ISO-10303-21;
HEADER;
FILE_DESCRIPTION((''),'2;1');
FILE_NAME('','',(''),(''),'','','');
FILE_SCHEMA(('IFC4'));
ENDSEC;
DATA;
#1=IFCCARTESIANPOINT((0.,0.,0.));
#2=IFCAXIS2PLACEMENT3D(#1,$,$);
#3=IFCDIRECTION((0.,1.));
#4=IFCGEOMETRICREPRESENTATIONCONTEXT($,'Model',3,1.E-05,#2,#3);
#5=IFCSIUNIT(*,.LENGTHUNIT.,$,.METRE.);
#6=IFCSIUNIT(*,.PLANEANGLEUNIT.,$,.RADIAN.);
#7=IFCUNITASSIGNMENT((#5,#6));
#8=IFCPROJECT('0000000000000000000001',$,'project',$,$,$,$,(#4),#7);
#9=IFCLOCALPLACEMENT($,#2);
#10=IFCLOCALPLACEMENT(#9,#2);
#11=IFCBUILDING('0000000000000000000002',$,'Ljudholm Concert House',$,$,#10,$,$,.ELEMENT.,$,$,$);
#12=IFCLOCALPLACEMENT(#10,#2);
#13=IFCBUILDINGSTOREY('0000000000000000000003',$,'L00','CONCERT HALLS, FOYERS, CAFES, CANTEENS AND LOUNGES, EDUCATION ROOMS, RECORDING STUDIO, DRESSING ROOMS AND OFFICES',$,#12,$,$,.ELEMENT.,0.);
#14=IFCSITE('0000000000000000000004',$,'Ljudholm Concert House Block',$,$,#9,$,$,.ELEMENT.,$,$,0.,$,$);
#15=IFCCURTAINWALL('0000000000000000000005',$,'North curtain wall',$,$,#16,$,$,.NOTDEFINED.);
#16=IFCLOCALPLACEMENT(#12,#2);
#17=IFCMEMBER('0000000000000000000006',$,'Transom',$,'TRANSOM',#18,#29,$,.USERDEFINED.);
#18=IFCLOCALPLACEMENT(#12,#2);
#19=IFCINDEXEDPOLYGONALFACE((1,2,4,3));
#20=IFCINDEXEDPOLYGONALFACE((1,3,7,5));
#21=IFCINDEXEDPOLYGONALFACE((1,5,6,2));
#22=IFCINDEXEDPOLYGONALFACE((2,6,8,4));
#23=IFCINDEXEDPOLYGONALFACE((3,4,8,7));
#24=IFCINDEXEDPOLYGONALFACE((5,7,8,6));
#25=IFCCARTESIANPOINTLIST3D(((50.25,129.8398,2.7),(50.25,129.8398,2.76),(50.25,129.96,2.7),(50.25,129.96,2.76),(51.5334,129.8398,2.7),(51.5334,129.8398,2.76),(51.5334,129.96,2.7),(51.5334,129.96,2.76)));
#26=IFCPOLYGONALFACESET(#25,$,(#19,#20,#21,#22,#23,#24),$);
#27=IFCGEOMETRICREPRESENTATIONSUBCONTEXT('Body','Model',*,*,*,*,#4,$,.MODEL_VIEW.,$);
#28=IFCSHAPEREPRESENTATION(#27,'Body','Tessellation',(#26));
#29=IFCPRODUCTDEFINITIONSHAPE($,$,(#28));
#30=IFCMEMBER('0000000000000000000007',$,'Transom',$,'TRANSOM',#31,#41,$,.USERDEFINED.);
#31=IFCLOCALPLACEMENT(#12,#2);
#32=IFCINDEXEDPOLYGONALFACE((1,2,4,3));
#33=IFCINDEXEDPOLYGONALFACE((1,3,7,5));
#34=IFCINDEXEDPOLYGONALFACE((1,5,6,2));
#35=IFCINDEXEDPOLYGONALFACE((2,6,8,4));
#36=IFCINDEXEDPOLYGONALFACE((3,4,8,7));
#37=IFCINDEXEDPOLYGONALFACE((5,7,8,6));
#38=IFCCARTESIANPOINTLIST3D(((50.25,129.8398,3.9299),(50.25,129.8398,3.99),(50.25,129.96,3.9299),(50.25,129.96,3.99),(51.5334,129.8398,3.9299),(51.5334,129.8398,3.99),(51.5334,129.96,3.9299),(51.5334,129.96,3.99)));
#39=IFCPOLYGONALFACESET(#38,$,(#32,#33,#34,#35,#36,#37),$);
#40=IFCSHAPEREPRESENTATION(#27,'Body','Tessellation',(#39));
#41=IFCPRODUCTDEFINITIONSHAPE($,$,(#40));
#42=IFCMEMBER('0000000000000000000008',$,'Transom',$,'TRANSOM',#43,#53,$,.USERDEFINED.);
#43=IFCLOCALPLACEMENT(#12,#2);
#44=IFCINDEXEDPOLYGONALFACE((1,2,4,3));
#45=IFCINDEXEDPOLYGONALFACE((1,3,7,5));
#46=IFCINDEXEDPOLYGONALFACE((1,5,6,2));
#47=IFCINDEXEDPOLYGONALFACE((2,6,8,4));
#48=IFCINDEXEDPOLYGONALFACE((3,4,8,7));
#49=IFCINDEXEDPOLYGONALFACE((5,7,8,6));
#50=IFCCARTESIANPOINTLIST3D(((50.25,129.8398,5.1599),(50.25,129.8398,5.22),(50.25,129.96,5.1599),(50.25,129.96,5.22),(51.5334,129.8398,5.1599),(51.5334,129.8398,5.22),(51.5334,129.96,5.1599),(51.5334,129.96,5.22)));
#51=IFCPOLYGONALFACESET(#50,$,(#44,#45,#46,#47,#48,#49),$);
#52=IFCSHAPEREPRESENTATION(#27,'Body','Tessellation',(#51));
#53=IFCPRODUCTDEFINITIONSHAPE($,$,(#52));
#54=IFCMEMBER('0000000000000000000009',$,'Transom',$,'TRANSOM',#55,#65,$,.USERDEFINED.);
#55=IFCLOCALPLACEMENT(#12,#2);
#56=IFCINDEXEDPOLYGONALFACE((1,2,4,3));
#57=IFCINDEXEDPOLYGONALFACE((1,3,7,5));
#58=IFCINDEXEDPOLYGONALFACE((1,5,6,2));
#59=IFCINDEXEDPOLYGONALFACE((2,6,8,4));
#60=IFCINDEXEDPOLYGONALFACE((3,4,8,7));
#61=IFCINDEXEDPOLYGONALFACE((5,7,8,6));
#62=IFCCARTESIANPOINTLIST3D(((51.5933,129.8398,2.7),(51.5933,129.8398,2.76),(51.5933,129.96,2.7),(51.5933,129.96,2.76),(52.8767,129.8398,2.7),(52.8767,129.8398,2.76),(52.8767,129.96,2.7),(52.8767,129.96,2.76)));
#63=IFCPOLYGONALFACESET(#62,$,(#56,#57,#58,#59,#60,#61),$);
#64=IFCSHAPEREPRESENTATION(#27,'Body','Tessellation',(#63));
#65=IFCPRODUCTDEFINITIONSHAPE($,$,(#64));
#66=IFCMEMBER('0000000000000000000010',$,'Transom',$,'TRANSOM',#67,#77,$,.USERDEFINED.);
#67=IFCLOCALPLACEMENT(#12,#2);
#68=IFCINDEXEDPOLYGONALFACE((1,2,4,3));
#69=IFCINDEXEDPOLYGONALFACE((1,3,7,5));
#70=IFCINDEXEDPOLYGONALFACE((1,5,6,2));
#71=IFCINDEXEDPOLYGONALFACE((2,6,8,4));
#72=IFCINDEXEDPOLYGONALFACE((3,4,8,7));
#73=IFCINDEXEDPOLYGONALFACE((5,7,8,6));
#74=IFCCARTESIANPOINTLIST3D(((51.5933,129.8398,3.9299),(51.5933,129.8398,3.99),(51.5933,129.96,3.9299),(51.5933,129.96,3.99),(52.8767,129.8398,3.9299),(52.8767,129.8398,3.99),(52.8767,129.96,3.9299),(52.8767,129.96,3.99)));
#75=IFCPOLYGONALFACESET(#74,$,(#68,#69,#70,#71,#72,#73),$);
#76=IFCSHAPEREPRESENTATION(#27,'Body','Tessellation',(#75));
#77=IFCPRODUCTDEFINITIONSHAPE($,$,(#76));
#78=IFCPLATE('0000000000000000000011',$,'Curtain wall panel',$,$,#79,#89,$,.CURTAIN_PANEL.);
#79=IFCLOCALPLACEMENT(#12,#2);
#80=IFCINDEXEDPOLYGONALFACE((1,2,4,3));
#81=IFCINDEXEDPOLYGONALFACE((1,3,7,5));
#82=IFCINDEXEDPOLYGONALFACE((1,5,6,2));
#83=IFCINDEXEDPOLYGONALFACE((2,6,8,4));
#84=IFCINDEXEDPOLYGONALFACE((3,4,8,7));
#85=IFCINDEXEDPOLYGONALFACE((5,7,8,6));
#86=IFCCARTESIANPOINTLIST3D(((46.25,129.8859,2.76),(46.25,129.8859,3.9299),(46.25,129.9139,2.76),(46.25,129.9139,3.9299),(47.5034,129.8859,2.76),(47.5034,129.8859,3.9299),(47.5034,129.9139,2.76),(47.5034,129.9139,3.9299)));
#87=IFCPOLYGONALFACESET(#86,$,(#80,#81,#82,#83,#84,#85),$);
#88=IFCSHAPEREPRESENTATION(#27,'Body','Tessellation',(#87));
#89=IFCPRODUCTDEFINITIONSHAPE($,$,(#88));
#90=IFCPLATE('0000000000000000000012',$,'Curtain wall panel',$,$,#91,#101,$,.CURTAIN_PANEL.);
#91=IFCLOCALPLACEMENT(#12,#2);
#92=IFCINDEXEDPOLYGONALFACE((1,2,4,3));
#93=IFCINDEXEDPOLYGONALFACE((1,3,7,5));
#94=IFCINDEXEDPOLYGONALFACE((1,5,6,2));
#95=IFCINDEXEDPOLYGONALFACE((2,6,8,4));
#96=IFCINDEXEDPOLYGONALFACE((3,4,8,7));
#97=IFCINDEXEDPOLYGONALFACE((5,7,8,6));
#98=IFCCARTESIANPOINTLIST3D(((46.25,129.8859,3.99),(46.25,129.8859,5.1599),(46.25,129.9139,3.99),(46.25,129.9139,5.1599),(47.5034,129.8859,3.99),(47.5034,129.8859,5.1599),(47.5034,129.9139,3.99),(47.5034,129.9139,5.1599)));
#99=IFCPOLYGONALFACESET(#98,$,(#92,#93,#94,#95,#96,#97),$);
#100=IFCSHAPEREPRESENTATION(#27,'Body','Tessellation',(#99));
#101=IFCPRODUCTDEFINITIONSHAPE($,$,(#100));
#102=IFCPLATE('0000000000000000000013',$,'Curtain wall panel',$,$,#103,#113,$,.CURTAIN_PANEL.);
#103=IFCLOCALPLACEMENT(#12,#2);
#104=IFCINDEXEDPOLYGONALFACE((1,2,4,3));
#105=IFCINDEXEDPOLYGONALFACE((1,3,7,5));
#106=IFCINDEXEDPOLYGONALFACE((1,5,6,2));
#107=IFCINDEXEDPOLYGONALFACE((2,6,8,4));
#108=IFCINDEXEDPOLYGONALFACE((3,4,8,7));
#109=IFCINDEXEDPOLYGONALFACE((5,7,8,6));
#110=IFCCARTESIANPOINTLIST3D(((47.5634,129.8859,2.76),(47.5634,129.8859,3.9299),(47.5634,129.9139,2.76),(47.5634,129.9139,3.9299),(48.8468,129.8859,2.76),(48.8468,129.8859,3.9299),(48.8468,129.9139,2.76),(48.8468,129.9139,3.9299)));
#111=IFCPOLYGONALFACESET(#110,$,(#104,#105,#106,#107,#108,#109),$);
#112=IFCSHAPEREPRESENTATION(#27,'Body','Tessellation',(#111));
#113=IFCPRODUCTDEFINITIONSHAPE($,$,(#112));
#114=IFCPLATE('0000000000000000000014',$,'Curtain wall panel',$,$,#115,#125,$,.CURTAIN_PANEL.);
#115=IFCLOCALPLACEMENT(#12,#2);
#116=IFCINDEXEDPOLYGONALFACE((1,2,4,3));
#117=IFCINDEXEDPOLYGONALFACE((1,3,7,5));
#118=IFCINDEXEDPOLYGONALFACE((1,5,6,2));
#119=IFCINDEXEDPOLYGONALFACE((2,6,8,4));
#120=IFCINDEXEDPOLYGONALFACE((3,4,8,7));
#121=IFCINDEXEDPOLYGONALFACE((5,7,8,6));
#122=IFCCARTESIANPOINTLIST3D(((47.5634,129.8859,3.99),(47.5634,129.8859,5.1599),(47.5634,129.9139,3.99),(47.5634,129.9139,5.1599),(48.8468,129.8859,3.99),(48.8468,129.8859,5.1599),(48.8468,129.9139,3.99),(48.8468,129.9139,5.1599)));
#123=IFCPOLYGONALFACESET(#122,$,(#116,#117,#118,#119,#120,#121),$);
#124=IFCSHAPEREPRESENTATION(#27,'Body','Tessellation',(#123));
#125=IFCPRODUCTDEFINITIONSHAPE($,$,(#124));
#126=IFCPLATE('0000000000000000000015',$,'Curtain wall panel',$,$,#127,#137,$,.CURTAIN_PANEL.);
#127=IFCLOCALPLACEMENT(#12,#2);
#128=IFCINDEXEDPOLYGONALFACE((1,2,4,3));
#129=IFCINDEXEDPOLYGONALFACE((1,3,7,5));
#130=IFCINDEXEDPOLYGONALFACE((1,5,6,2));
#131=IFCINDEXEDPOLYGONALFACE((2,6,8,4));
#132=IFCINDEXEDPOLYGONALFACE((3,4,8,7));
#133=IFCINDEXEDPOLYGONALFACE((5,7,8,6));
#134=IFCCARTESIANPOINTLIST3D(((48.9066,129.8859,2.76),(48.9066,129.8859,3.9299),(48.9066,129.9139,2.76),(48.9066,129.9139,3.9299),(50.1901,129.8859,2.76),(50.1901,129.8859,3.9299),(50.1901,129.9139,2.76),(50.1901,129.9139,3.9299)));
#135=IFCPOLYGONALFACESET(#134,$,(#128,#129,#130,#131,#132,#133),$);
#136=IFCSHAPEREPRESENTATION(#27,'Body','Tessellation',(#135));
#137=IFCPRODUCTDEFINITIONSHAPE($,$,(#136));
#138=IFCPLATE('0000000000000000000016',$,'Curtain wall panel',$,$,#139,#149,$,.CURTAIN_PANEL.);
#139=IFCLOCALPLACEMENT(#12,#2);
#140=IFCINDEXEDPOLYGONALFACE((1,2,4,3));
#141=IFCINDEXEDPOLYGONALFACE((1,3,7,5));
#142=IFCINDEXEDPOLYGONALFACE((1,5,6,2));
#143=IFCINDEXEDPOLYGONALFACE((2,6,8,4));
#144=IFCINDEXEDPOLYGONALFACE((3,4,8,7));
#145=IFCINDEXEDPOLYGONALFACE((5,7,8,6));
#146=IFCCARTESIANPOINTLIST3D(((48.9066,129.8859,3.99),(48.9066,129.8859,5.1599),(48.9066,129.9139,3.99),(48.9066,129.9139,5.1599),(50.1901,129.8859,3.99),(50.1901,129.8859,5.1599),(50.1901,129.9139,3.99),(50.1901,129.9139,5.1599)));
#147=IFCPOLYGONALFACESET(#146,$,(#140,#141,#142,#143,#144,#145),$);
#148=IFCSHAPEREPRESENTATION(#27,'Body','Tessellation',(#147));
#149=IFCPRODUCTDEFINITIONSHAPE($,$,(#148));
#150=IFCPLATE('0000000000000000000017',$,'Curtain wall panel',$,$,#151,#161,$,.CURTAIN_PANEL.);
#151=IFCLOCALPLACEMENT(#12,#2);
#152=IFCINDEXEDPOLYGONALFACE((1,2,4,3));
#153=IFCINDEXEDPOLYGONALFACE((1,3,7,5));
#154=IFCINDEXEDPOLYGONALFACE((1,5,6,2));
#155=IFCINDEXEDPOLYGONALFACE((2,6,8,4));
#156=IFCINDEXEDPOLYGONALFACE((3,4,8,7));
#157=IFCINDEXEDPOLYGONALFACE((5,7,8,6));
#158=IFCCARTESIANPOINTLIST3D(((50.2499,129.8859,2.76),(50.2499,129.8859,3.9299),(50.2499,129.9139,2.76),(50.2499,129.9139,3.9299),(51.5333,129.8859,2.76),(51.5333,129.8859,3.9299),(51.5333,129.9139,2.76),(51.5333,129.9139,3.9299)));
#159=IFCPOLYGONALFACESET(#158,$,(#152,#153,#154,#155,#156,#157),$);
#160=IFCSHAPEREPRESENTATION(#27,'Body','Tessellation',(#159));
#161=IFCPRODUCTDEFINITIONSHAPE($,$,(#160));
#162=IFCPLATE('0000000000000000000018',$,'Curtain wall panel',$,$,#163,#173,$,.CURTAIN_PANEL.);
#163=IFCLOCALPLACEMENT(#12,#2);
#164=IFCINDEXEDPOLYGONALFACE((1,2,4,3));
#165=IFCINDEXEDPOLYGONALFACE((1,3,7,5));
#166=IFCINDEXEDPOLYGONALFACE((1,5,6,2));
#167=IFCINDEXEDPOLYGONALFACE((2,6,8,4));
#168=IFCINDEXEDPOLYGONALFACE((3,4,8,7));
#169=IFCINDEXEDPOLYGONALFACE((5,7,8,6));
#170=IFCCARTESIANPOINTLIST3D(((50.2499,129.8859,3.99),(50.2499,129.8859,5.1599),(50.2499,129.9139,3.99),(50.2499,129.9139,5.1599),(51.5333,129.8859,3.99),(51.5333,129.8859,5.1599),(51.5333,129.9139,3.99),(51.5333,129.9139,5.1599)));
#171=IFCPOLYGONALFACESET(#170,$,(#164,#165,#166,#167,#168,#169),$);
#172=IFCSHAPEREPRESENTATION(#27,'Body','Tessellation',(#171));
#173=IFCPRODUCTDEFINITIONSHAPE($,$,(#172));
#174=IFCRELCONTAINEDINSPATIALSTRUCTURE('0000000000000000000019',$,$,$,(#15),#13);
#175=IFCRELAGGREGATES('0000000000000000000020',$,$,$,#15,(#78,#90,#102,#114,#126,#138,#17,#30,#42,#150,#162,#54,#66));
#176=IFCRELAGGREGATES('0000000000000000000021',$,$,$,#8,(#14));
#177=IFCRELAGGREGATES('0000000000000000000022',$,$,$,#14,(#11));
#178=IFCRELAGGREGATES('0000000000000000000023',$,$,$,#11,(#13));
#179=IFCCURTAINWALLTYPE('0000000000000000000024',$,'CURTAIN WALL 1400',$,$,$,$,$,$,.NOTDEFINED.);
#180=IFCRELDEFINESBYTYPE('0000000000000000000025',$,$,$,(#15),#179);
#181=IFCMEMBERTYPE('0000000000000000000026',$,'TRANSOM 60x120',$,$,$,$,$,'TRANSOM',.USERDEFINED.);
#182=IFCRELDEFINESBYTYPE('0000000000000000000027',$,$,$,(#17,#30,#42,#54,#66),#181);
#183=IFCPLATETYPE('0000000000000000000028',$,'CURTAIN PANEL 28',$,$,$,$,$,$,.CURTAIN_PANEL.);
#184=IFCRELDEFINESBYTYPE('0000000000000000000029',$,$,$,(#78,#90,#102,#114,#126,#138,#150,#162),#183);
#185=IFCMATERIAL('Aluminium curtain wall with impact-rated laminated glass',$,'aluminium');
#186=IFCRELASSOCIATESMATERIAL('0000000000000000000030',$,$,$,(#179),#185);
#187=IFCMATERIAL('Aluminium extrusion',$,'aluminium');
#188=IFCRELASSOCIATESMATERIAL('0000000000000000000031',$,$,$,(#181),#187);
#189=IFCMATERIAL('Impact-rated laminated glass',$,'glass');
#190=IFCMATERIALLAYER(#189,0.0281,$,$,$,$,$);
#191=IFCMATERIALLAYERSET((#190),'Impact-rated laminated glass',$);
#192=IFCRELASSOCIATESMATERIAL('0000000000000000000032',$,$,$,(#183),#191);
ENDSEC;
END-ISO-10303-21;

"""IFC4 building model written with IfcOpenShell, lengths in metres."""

from ifc_helpers import new_model, si_unit, direction, frame, origin, origin_2d, place, context, subcontext, project, spatial, rectangle, extrude, material, layer, layer_set, material_profile, profile_set, type_object, element, aggregate, save


model = new_model("IFC4")

# Units and contexts
model_context = context("Model", 3, precision=1e-05, world=origin(), true_north=direction((0.0, 1.0)))
body_context = subcontext(model_context, "Body", "Model", "MODEL_VIEW")
ifc_project = project(units=[si_unit("LENGTHUNIT", "METRE"), si_unit("PLANEANGLEUNIT", "RADIAN")], contexts=[model_context])

# Site, building, storey
site_placement = place(None, origin())
site = spatial("IfcSite", under=ifc_project, at=site_placement, Name="Ljudholm Concert House Block", CompositionType="ELEMENT", RefElevation=0.0)
building_placement = place(site_placement, origin())
building = spatial("IfcBuilding", under=site, at=building_placement, Name="Ljudholm Concert House", CompositionType="ELEMENT")
storey_placement = place(building_placement, origin())
storey = spatial("IfcBuildingStorey", under=building, at=storey_placement, Name="L00", Description="CONCERT HALLS, FOYERS, CAFES, CANTEENS AND LOUNGES, EDUCATION ROOMS, RECORDING STUDIO, DRESSING ROOMS AND OFFICES", CompositionType="ELEMENT", Elevation=0.0)

# Shared definitions
ifc_material_1 = material(Name="Aluminium curtain wall with impact-rated laminated glass", Category="aluminium")
curtain_wall_type = type_object("IfcCurtainWallType", Name="CURTAIN WALL 1400", PredefinedType="NOTDEFINED", material=ifc_material_1)

# Curtain wall, members, plates
curtain_wall_1_placement = place(storey_placement, origin())
curtain_wall_1 = element("IfcCurtainWall", 1, at=curtain_wall_1_placement, inside=storey, type_object=curtain_wall_type, Name="North curtain wall", PredefinedType="NOTDEFINED")
ifc_material_2 = material(Name="Aluminium extrusion", Category="aluminium")
ifc_material_profile_1 = material_profile(ifc_material_2, rectangle(XDim=0.1201, YDim=0.0601, at=origin_2d()), Name="TRANSOM 60x120")
ifc_profile_set_1 = profile_set([ifc_material_profile_1], Name="Aluminium extrusion")
member_type_1 = type_object("IfcMemberType", Name="TRANSOM 60x120", ElementType="TRANSOM", PredefinedType="USERDEFINED", material=ifc_profile_set_1)
member_1_placement = place(storey_placement, frame((50.25, 129.8999, 2.73), z_axis=(1.0, 0.0, 0.0), x_axis=(0.0, 1.0, 0.0)))
member_1 = element("IfcMember", 2, at=member_1_placement, type_object=member_type_1, Name="Transom", ObjectType="TRANSOM", PredefinedType="USERDEFINED", context=body_context, shape_type="SweptSolid", body=[
    extrude(rectangle(XDim=0.1201, YDim=0.0601, at=origin_2d()), origin(), (0.0, 0.0, 1.0), 1.2834),
])
member_2_placement = place(storey_placement, frame((50.25, 129.8999, 3.96), z_axis=(1.0, 0.0, 0.0), x_axis=(0.0, 1.0, 0.0)))
member_2 = element("IfcMember", 3, at=member_2_placement, type_object=member_type_1, Name="Transom", ObjectType="TRANSOM", PredefinedType="USERDEFINED", context=body_context, shape_type="SweptSolid", body=[
    extrude(rectangle(XDim=0.1201, YDim=0.0601, at=origin_2d()), origin(), (0.0, 0.0, 1.0), 1.2834),
])
member_3_placement = place(storey_placement, frame((50.25, 129.8999, 5.1899), z_axis=(1.0, 0.0, 0.0), x_axis=(0.0, 1.0, 0.0)))
member_3 = element("IfcMember", 4, at=member_3_placement, type_object=member_type_1, Name="Transom", ObjectType="TRANSOM", PredefinedType="USERDEFINED", context=body_context, shape_type="SweptSolid", body=[
    extrude(rectangle(XDim=0.1201, YDim=0.0601, at=origin_2d()), origin(), (0.0, 0.0, 1.0), 1.2834),
])
member_4_placement = place(storey_placement, frame((51.5933, 129.8999, 2.73), z_axis=(1.0, 0.0, 0.0), x_axis=(0.0, 1.0, 0.0)))
member_4 = element("IfcMember", 5, at=member_4_placement, type_object=member_type_1, Name="Transom", ObjectType="TRANSOM", PredefinedType="USERDEFINED", context=body_context, shape_type="SweptSolid", body=[
    extrude(rectangle(XDim=0.1201, YDim=0.0601, at=origin_2d()), origin(), (0.0, 0.0, 1.0), 1.2834),
])
member_5_placement = place(storey_placement, frame((51.5933, 129.8999, 3.96), z_axis=(1.0, 0.0, 0.0), x_axis=(0.0, 1.0, 0.0)))
member_5 = element("IfcMember", 6, at=member_5_placement, type_object=member_type_1, Name="Transom", ObjectType="TRANSOM", PredefinedType="USERDEFINED", context=body_context, shape_type="SweptSolid", body=[
    extrude(rectangle(XDim=0.1201, YDim=0.0601, at=origin_2d()), origin(), (0.0, 0.0, 1.0), 1.2834),
])
ifc_material_3 = material(Name="Impact-rated laminated glass", Category="glass")
ifc_layer_1 = layer(ifc_material_3, 0.0281)
ifc_layer_set_1 = layer_set([ifc_layer_1], Name="Impact-rated laminated glass")
plate_type = type_object("IfcPlateType", Name="CURTAIN PANEL 28", PredefinedType="CURTAIN_PANEL", material=ifc_layer_set_1)
plate_1_placement = place(storey_placement, frame((46.8767, 129.8999, 2.76), z_axis=(0.0, 0.0, 1.0), x_axis=(1.0, 0.0, 0.0)))
plate_1 = element("IfcPlate", 7, at=plate_1_placement, type_object=plate_type, Name="Curtain wall panel", PredefinedType="CURTAIN_PANEL", context=body_context, shape_type="SweptSolid", body=[
    extrude(rectangle(XDim=1.2534, YDim=0.0281, at=origin_2d()), origin(), (0.0, 0.0, 1.0), 1.1699),
])
plate_2_placement = place(storey_placement, frame((46.8767, 129.8999, 3.99), z_axis=(0.0, 0.0, 1.0), x_axis=(1.0, 0.0, 0.0)))
plate_2 = element("IfcPlate", 8, at=plate_2_placement, type_object=plate_type, Name="Curtain wall panel", PredefinedType="CURTAIN_PANEL", context=body_context, shape_type="SweptSolid", body=[
    extrude(rectangle(XDim=1.2534, YDim=0.0281, at=origin_2d()), origin(), (0.0, 0.0, 1.0), 1.1699),
])
plate_3_placement = place(storey_placement, frame((48.2051, 129.8999, 2.76), z_axis=(0.0, 0.0, 1.0), x_axis=(1.0, 0.0, 0.0)))
plate_3 = element("IfcPlate", 9, at=plate_3_placement, type_object=plate_type, Name="Curtain wall panel", PredefinedType="CURTAIN_PANEL", context=body_context, shape_type="SweptSolid", body=[
    extrude(rectangle(XDim=1.2834, YDim=0.0281, at=origin_2d()), origin(), (0.0, 0.0, 1.0), 1.1699),
])
plate_4_placement = place(storey_placement, frame((48.2051, 129.8999, 3.99), z_axis=(0.0, 0.0, 1.0), x_axis=(1.0, 0.0, 0.0)))
plate_4 = element("IfcPlate", 10, at=plate_4_placement, type_object=plate_type, Name="Curtain wall panel", PredefinedType="CURTAIN_PANEL", context=body_context, shape_type="SweptSolid", body=[
    extrude(rectangle(XDim=1.2834, YDim=0.0281, at=origin_2d()), origin(), (0.0, 0.0, 1.0), 1.1699),
])
plate_5_placement = place(storey_placement, frame((49.5483, 129.8999, 2.76), z_axis=(0.0, 0.0, 1.0), x_axis=(1.0, 0.0, 0.0)))
plate_5 = element("IfcPlate", 11, at=plate_5_placement, type_object=plate_type, Name="Curtain wall panel", PredefinedType="CURTAIN_PANEL", context=body_context, shape_type="SweptSolid", body=[
    extrude(rectangle(XDim=1.2834, YDim=0.0281, at=origin_2d()), origin(), (0.0, 0.0, 1.0), 1.1699),
])
plate_6_placement = place(storey_placement, frame((49.5483, 129.8999, 3.99), z_axis=(0.0, 0.0, 1.0), x_axis=(1.0, 0.0, 0.0)))
plate_6 = element("IfcPlate", 12, at=plate_6_placement, type_object=plate_type, Name="Curtain wall panel", PredefinedType="CURTAIN_PANEL", context=body_context, shape_type="SweptSolid", body=[
    extrude(rectangle(XDim=1.2834, YDim=0.0281, at=origin_2d()), origin(), (0.0, 0.0, 1.0), 1.1699),
])
plate_7_placement = place(storey_placement, frame((50.8916, 129.8999, 2.76), z_axis=(0.0, 0.0, 1.0), x_axis=(1.0, 0.0, 0.0)))
plate_7 = element("IfcPlate", 13, at=plate_7_placement, type_object=plate_type, Name="Curtain wall panel", PredefinedType="CURTAIN_PANEL", context=body_context, shape_type="SweptSolid", body=[
    extrude(rectangle(XDim=1.2834, YDim=0.0281, at=origin_2d()), origin(), (0.0, 0.0, 1.0), 1.1699),
])
plate_8_placement = place(storey_placement, frame((50.8916, 129.8999, 3.99), z_axis=(0.0, 0.0, 1.0), x_axis=(1.0, 0.0, 0.0)))
plate_8 = element("IfcPlate", 14, at=plate_8_placement, type_object=plate_type, Name="Curtain wall panel", PredefinedType="CURTAIN_PANEL", context=body_context, shape_type="SweptSolid", body=[
    extrude(rectangle(XDim=1.2834, YDim=0.0281, at=origin_2d()), origin(), (0.0, 0.0, 1.0), 1.1699),
])
aggregate(curtain_wall_1, [plate_1, plate_2, plate_3, plate_4, plate_5, plate_6, member_1, member_2, member_3, plate_7, plate_8, member_4, member_5])

save(model, "model.ifc")
